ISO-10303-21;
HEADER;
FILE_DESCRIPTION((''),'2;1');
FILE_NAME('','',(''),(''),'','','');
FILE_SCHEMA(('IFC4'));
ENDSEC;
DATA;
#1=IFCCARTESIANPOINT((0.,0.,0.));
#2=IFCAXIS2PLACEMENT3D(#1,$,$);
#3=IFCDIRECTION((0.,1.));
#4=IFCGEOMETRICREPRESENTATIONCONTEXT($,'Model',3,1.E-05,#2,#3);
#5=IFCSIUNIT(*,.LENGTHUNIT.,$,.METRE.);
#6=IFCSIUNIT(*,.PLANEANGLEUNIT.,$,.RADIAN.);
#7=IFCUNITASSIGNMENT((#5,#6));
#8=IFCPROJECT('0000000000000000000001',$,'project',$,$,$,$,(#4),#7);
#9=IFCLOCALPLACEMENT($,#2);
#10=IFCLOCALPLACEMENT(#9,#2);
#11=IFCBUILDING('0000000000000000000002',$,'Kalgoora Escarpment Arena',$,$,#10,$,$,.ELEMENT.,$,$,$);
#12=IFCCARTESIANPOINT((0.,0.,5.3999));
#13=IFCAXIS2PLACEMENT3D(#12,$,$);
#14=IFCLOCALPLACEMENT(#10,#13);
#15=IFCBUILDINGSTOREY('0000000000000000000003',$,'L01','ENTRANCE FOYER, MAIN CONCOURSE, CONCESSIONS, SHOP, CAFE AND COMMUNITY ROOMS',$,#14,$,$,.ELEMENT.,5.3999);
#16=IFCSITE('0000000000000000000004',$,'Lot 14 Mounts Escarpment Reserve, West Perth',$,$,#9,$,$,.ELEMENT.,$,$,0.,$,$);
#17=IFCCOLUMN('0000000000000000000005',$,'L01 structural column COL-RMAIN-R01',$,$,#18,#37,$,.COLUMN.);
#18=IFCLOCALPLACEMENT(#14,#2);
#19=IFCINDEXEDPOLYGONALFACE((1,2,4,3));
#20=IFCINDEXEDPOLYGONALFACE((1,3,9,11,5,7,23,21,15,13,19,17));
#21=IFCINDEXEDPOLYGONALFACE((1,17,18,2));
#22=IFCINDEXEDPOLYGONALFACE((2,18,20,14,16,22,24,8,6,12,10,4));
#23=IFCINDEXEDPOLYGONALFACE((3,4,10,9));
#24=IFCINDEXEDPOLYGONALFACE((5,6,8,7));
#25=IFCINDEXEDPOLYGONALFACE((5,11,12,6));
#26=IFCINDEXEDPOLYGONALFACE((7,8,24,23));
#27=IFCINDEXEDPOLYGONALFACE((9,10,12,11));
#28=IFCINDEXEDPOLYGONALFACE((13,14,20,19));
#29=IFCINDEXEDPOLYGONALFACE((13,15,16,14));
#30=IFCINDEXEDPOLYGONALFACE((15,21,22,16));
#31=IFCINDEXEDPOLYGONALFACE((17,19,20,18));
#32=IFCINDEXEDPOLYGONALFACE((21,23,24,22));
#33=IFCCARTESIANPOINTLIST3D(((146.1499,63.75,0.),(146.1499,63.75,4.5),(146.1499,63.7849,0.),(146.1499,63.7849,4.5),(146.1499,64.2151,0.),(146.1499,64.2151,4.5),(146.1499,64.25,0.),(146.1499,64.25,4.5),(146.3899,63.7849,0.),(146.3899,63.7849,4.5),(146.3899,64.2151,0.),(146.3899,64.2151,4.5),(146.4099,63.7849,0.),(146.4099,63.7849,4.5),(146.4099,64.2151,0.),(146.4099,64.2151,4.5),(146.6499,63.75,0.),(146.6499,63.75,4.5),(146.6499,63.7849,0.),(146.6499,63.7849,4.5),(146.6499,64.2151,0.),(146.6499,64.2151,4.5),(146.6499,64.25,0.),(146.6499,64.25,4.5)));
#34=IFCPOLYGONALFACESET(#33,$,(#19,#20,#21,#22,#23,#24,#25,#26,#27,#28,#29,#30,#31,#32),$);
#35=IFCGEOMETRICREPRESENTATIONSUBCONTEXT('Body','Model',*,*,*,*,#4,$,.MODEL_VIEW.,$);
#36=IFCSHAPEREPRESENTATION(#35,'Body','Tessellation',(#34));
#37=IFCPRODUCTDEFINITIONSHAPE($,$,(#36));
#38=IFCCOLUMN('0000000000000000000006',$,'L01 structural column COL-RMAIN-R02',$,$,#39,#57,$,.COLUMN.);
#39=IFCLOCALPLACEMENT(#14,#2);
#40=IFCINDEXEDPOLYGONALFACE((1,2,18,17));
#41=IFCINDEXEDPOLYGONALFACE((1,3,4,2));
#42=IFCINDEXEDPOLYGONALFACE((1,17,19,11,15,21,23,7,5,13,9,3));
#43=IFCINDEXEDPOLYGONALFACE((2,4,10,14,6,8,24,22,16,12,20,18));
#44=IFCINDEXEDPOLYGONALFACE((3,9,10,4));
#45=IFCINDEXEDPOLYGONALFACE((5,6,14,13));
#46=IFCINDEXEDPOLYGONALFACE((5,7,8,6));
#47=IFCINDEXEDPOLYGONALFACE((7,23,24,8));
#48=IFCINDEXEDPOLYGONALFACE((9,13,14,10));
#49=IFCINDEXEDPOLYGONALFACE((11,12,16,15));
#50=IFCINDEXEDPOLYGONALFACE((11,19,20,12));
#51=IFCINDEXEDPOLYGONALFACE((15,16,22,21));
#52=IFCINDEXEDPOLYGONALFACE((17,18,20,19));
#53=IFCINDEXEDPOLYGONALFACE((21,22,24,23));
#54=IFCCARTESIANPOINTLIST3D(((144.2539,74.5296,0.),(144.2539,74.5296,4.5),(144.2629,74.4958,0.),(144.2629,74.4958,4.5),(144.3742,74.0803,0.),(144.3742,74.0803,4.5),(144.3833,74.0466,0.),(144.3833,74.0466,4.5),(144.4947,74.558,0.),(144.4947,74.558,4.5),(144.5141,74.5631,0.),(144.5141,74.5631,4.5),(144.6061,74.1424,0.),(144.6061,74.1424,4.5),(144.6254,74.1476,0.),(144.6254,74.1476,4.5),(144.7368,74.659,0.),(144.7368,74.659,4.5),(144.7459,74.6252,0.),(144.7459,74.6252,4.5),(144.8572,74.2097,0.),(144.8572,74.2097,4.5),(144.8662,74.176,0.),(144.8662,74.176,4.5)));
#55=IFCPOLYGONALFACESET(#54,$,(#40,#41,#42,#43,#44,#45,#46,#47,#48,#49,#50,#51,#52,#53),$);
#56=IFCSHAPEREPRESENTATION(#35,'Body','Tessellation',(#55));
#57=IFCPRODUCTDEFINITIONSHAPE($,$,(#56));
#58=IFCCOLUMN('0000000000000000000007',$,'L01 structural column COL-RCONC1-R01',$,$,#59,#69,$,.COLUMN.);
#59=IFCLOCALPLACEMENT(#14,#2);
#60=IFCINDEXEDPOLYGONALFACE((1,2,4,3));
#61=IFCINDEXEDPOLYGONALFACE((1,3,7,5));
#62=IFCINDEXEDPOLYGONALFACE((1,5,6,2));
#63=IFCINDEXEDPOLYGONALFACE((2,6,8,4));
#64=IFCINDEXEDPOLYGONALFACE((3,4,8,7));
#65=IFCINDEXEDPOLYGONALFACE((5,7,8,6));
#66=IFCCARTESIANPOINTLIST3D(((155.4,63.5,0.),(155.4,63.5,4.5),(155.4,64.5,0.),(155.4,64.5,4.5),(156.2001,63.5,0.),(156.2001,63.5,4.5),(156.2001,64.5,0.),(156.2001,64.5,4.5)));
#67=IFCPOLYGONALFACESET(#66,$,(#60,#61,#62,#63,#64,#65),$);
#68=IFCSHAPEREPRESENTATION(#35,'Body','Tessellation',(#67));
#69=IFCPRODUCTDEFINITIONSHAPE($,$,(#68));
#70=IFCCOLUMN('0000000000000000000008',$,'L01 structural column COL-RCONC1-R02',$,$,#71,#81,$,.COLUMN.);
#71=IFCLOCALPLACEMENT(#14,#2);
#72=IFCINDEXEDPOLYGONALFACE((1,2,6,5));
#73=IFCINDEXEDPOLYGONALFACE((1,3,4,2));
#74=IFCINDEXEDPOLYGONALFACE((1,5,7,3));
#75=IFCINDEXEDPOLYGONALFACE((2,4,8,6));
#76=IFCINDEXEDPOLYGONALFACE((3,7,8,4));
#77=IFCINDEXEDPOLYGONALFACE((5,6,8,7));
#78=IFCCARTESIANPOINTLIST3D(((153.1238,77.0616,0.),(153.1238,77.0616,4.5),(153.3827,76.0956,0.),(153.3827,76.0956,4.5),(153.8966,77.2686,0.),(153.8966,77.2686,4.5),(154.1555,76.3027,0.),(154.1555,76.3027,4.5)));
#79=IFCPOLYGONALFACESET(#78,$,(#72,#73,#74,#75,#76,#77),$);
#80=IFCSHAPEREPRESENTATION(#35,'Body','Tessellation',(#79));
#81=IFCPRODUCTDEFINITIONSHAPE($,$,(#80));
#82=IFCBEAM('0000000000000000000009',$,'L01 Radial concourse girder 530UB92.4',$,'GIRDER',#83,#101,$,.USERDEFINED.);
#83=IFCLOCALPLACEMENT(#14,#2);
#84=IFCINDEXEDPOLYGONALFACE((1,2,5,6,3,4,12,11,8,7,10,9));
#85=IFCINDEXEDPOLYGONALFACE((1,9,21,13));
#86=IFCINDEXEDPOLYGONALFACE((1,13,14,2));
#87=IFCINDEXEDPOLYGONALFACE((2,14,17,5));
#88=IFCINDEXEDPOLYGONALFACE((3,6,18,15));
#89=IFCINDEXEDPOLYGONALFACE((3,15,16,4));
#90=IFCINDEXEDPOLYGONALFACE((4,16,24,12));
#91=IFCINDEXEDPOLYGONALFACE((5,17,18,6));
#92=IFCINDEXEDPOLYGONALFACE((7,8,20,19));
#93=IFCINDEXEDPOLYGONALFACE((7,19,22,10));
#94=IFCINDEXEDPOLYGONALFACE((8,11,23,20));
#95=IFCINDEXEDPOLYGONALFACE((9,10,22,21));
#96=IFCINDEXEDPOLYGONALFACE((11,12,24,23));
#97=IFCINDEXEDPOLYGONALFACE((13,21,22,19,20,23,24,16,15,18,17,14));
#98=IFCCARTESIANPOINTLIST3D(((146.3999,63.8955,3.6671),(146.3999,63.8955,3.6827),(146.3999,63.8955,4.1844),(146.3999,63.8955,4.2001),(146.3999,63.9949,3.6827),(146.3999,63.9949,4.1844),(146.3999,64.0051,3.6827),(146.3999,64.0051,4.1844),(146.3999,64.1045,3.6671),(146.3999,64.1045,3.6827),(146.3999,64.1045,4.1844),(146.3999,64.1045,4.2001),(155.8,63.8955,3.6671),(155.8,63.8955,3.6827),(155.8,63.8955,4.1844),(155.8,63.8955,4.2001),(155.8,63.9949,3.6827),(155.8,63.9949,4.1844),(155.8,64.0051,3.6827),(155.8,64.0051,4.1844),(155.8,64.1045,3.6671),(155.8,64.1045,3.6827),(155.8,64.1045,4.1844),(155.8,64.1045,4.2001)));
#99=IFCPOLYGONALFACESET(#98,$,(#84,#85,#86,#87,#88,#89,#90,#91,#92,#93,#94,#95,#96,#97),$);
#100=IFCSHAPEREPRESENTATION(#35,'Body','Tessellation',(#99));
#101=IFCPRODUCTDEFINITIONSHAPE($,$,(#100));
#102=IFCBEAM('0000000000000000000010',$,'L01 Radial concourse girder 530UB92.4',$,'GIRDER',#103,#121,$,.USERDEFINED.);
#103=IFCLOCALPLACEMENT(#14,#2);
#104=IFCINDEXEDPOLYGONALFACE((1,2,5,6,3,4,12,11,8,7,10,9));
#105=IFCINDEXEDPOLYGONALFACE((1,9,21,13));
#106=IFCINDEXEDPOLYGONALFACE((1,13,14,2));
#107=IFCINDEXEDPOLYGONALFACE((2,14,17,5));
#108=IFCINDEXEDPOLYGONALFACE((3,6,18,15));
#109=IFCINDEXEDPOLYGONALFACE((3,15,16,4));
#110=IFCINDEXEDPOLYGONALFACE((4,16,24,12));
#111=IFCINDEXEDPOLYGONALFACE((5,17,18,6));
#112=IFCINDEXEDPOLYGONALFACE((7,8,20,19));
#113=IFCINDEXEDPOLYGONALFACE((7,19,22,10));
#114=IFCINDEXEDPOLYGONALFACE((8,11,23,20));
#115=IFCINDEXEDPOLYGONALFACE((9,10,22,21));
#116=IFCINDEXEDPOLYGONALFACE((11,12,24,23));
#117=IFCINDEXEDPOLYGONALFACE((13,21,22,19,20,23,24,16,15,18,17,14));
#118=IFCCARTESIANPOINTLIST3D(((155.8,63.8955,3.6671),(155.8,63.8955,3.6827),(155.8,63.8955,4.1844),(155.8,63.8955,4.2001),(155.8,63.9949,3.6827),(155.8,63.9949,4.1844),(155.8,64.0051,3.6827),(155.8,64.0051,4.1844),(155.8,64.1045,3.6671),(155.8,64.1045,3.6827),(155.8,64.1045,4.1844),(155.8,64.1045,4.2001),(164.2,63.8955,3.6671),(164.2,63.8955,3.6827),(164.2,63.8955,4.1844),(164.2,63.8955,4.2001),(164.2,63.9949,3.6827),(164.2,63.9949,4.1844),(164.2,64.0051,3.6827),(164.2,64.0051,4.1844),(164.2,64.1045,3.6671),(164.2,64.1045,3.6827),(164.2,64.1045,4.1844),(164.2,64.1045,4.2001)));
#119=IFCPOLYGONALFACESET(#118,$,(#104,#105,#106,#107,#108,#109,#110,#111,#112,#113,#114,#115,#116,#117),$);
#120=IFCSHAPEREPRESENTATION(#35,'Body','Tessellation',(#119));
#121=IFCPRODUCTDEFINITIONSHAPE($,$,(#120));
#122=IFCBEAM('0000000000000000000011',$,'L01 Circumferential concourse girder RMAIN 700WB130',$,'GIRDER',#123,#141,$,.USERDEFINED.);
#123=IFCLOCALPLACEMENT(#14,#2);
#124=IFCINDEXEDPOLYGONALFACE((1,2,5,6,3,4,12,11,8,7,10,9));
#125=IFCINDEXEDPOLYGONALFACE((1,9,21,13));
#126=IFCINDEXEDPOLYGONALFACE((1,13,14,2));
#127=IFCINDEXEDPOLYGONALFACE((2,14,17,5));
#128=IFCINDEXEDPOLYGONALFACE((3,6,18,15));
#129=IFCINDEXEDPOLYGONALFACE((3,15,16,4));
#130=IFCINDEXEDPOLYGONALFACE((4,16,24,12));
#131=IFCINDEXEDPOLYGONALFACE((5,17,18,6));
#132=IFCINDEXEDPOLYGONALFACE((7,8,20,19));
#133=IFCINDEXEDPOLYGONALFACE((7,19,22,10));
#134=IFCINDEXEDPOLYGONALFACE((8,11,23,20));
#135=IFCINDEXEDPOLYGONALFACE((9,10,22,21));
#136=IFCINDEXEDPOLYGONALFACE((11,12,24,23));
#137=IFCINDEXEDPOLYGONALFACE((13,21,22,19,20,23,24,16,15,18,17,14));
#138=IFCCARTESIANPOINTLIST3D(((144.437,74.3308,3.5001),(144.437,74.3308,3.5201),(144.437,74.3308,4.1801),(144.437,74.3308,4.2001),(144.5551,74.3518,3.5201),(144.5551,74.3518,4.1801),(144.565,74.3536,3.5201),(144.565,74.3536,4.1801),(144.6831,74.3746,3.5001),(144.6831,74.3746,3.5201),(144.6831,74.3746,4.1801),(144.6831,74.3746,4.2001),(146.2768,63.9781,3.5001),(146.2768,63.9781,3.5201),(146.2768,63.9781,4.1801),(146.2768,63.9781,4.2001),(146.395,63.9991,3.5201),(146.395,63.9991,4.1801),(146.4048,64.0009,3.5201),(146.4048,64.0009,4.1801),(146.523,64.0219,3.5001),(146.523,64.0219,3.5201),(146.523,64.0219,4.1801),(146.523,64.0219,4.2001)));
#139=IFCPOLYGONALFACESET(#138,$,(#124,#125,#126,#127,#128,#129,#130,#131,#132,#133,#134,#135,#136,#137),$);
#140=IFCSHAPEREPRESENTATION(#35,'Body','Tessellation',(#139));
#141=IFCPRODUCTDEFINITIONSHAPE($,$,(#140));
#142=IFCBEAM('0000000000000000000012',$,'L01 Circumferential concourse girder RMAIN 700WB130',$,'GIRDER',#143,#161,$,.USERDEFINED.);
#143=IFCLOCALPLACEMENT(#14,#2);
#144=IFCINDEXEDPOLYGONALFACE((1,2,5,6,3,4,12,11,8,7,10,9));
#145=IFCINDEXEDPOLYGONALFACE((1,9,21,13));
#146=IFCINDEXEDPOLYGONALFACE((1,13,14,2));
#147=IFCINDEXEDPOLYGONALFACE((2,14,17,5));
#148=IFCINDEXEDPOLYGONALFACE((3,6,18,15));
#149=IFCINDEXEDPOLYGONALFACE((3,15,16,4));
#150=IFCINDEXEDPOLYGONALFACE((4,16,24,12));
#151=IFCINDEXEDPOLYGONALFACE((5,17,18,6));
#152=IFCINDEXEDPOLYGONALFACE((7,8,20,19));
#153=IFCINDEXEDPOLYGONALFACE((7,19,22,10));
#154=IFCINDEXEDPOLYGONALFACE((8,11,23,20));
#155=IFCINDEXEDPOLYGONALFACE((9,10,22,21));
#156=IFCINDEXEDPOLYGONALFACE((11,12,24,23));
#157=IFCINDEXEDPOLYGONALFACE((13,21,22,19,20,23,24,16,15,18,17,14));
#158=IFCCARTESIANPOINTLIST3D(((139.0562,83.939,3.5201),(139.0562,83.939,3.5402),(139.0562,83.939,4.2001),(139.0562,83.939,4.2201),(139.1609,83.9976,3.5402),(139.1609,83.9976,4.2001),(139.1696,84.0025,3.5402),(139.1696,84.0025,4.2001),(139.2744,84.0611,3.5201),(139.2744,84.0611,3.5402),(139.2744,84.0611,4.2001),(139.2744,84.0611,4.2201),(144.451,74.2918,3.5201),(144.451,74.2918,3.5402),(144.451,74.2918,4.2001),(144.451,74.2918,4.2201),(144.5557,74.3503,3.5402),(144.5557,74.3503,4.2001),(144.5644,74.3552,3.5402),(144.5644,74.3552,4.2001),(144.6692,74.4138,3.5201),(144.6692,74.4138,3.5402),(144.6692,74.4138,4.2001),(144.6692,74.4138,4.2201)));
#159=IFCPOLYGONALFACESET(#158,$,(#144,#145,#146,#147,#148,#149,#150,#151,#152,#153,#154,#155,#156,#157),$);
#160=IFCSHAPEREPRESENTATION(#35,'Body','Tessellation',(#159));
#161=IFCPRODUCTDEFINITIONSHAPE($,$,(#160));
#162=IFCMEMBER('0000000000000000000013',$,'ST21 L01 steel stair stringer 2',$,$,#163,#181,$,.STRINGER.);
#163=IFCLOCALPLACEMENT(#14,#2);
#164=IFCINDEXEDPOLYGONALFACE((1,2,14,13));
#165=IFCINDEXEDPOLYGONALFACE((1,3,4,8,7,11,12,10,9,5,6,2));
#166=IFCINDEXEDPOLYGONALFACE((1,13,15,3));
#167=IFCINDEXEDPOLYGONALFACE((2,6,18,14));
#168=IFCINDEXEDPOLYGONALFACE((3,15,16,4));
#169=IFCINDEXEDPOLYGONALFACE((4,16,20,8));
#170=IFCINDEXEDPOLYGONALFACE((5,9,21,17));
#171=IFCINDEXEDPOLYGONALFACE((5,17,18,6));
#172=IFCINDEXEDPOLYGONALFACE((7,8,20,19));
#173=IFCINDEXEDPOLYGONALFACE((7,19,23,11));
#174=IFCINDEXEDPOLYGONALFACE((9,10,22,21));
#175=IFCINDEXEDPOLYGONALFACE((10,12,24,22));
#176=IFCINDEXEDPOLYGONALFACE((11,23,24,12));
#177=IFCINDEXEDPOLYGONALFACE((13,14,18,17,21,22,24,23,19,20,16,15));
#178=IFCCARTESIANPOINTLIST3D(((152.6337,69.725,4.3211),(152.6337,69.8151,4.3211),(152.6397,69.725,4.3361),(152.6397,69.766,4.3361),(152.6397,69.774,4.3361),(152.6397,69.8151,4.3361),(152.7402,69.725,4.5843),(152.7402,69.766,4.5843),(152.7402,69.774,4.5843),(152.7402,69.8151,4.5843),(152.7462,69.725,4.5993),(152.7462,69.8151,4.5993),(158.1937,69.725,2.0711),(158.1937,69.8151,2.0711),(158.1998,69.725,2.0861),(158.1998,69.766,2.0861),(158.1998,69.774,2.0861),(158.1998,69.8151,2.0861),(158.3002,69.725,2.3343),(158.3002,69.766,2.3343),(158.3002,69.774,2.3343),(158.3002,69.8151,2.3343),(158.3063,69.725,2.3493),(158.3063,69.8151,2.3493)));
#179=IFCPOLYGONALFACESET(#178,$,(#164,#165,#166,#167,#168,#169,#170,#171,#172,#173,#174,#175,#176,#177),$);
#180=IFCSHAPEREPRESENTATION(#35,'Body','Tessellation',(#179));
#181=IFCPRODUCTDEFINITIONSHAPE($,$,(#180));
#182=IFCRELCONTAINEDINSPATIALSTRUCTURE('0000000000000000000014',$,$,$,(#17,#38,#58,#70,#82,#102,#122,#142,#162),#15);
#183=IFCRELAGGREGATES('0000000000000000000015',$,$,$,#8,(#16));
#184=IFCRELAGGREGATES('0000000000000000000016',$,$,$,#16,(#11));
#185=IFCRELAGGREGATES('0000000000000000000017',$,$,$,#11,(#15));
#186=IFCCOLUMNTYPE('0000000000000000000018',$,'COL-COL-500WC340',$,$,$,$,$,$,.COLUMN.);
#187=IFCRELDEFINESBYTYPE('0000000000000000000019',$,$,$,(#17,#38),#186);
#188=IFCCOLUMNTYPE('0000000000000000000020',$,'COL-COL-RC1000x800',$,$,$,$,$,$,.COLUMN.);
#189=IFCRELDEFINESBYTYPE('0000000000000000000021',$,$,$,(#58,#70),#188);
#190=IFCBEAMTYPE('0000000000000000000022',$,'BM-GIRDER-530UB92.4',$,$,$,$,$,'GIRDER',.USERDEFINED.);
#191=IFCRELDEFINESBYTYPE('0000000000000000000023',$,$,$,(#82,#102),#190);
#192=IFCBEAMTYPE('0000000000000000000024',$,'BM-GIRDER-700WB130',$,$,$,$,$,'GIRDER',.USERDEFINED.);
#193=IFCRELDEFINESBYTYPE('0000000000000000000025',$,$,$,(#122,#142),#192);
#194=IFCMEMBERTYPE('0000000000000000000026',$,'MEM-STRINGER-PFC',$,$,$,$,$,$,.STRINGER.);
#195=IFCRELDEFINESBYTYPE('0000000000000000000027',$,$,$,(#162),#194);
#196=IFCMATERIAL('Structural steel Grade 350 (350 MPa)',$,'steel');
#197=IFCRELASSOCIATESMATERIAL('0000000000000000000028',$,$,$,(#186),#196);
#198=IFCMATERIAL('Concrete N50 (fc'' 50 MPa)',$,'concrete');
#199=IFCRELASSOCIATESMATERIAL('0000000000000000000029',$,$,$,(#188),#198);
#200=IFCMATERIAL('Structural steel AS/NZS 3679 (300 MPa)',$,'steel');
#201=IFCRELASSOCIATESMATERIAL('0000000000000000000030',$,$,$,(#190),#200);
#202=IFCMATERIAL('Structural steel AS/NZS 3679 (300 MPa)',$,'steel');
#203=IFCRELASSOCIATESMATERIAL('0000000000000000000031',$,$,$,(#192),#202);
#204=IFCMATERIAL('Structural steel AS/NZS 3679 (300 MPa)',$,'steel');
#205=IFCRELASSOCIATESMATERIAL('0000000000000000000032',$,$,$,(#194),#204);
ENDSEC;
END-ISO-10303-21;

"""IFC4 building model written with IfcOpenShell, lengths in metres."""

from ifc_helpers import new_model, si_unit, direction, frame, origin, origin_2d, place, context, subcontext, project, spatial, rectangle, i_section, extrude, material, material_profile, profile_set, type_object, element, save


model = new_model("IFC4")

# Units and contexts
model_context = context("Model", 3, precision=1e-05, world=origin(), true_north=direction((0.0, 1.0)))
body_context = subcontext(model_context, "Body", "Model", "MODEL_VIEW")
ifc_project = project(units=[si_unit("LENGTHUNIT", "METRE"), si_unit("PLANEANGLEUNIT", "RADIAN")], contexts=[model_context])

# Site, building, storey
site_placement = place(None, origin())
site = spatial("IfcSite", under=ifc_project, at=site_placement, Name="Lot 14 Mounts Escarpment Reserve, West Perth", CompositionType="ELEMENT", RefElevation=0.0)
building_placement = place(site_placement, origin())
building = spatial("IfcBuilding", under=site, at=building_placement, Name="Kalgoora Escarpment Arena", CompositionType="ELEMENT")
storey_placement = place(building_placement, frame((0.0, 0.0, 5.3999)))
storey = spatial("IfcBuildingStorey", under=building, at=storey_placement, Name="L01", Description="ENTRANCE FOYER, MAIN CONCOURSE, CONCESSIONS, SHOP, CAFE AND COMMUNITY ROOMS", CompositionType="ELEMENT", Elevation=5.3999)

# Columns
ifc_material_1 = material(Name="Structural steel Grade 350 (350 MPa)", Category="steel")
ifc_material_profile_1 = material_profile(ifc_material_1, i_section(OverallWidth=0.5, OverallDepth=0.5, WebThickness=0.02, FlangeThickness=0.0349, at=origin_2d()))
ifc_profile_set_1 = profile_set([ifc_material_profile_1], Name="Structural steel Grade 350 (350 MPa)")
column_type_1 = type_object("IfcColumnType", Name="COL-COL-500WC340", PredefinedType="COLUMN", material=ifc_profile_set_1)
for number, where, z_axis, x_axis, name in (
    (1, (146.3999, 64.0, 0.0), (0.0, 0.0, 1.0), (1.0, 0.0, 0.0), "L01 structural column COL-RMAIN-R01"),
    (2, (144.5601, 74.3528, 0.0), (0.0, 0.0, 1.0), (0.965926, 0.258819, 0.0), "L01 structural column COL-RMAIN-R02"),
):
    element("IfcColumn", number, at=place(storey_placement, frame(where, z_axis=z_axis, x_axis=x_axis)), inside=storey, type_object=column_type_1, Name=name, PredefinedType="COLUMN", context=body_context, shape_type="SweptSolid", body=[
        extrude(i_section(OverallWidth=0.5, OverallDepth=0.5, WebThickness=0.02, FlangeThickness=0.0349, at=origin_2d()), origin(), (0.0, 0.0, 1.0), 4.5),
    ])
ifc_material_2 = material(Name="Concrete N50 (fc' 50 MPa)", Category="concrete")
ifc_material_profile_2 = material_profile(ifc_material_2, rectangle(XDim=0.8, YDim=1.0, at=origin_2d()))
ifc_profile_set_2 = profile_set([ifc_material_profile_2], Name="Concrete N50 (fc' 50 MPa)")
column_type_2 = type_object("IfcColumnType", Name="COL-COL-RC1000x800", PredefinedType="COLUMN", material=ifc_profile_set_2)
for number, where, z_axis, x_axis, name in (
    (3, (155.8, 64.0, 0.0), (0.0, 0.0, 1.0), (1.0, 0.0, 0.0), "L01 structural column COL-RCONC1-R01"),
    (4, (153.6396, 76.6821, 0.0), (0.0, 0.0, 1.0), (0.965926, 0.258819, 0.0), "L01 structural column COL-RCONC1-R02"),
):
    element("IfcColumn", number, at=place(storey_placement, frame(where, z_axis=z_axis, x_axis=x_axis)), inside=storey, type_object=column_type_2, Name=name, PredefinedType="COLUMN", context=body_context, shape_type="SweptSolid", body=[
        extrude(rectangle(XDim=0.8, YDim=1.0, at=origin_2d()), origin(), (0.0, 0.0, 1.0), 4.5),
    ])

# Beams
ifc_material_3 = material(Name="Structural steel AS/NZS 3679 (300 MPa)", Category="steel")
ifc_material_profile_3 = material_profile(ifc_material_3, i_section(OverallWidth=0.209, OverallDepth=0.533, WebThickness=0.0103, FlangeThickness=0.0156, at=origin_2d()))
ifc_profile_set_3 = profile_set([ifc_material_profile_3], Name="Structural steel AS/NZS 3679 (300 MPa)")
beam_type_1 = type_object("IfcBeamType", Name="BM-GIRDER-530UB92.4", ElementType="GIRDER", PredefinedType="USERDEFINED", material=ifc_profile_set_3)
beam_1_placement = place(storey_placement, frame((146.3999, 64.0, 3.9336), z_axis=(1.0, 0.0, 0.0), x_axis=(0.0, 1.0, 0.0)))
element("IfcBeam", 5, at=beam_1_placement, inside=storey, type_object=beam_type_1, Name="L01 Radial concourse girder 530UB92.4", ObjectType="GIRDER", PredefinedType="USERDEFINED", context=body_context, shape_type="SweptSolid", body=[
    extrude(i_section(OverallWidth=0.209, OverallDepth=0.533, WebThickness=0.0103, FlangeThickness=0.0156, at=origin_2d()), origin(), (0.0, 0.0, 1.0), 9.4001),
])
beam_2_placement = place(storey_placement, frame((155.8, 64.0, 3.9336), z_axis=(1.0, 0.0, 0.0), x_axis=(0.0, 1.0, 0.0)))
element("IfcBeam", 6, at=beam_2_placement, inside=storey, type_object=beam_type_1, Name="L01 Radial concourse girder 530UB92.4", ObjectType="GIRDER", PredefinedType="USERDEFINED", context=body_context, shape_type="SweptSolid", body=[
    extrude(i_section(OverallWidth=0.209, OverallDepth=0.533, WebThickness=0.0103, FlangeThickness=0.0156, at=origin_2d()), origin(), (0.0, 0.0, 1.0), 8.3999),
])
ifc_material_4 = material(Name="Structural steel AS/NZS 3679 (300 MPa)", Category="steel")
ifc_material_profile_4 = material_profile(ifc_material_4, i_section(OverallWidth=0.25, OverallDepth=0.7, WebThickness=0.01, FlangeThickness=0.02, at=origin_2d()))
ifc_profile_set_4 = profile_set([ifc_material_profile_4], Name="Structural steel AS/NZS 3679 (300 MPa)")
beam_type_2 = type_object("IfcBeamType", Name="BM-GIRDER-700WB130", ElementType="GIRDER", PredefinedType="USERDEFINED", material=ifc_profile_set_4)
beam_3_placement = place(storey_placement, frame((146.3999, 64.0, 3.8501), z_axis=(-0.174973, 0.984573, 0.0), x_axis=(-0.984573, -0.174973, 0.0)))
element("IfcBeam", 7, at=beam_3_placement, inside=storey, type_object=beam_type_2, Name="L01 Circumferential concourse girder RMAIN 700WB130", ObjectType="GIRDER", PredefinedType="USERDEFINED", context=body_context, shape_type="SweptSolid", body=[
    extrude(i_section(OverallWidth=0.25, OverallDepth=0.7, WebThickness=0.01, FlangeThickness=0.02, at=origin_2d()), origin(), (0.0, 0.0, 1.0), 10.5149),
])
beam_4_placement = place(storey_placement, frame((144.5601, 74.3528, 3.8701), z_axis=(-0.488075, 0.872802, 0.0), x_axis=(-0.872802, -0.488075, 0.0)))
element("IfcBeam", 8, at=beam_4_placement, inside=storey, type_object=beam_type_2, Name="L01 Circumferential concourse girder RMAIN 700WB130", ObjectType="GIRDER", PredefinedType="USERDEFINED", context=body_context, shape_type="SweptSolid", body=[
    extrude(i_section(OverallWidth=0.25, OverallDepth=0.7, WebThickness=0.01, FlangeThickness=0.02, at=origin_2d()), origin(), (0.0, 0.0, 1.0), 11.0532),
])

# Member
ifc_material_5 = material(Name="Structural steel AS/NZS 3679 (300 MPa)", Category="steel")
ifc_material_profile_5 = material_profile(ifc_material_5, i_section(OverallWidth=0.0901, OverallDepth=0.3, WebThickness=0.0081, FlangeThickness=0.0161, at=origin_2d()))
ifc_profile_set_5 = profile_set([ifc_material_profile_5], Name="Structural steel AS/NZS 3679 (300 MPa)")
member_type = type_object("IfcMemberType", Name="MEM-STRINGER-PFC", PredefinedType="STRINGER", material=ifc_profile_set_5)
member_placement = place(storey_placement, frame((158.25, 69.77, 2.2102), z_axis=(-0.926976, 0.0, 0.375121), x_axis=(0.0, -1.0, 0.0)))
element("IfcMember", 9, at=member_placement, inside=storey, type_object=member_type, Name="ST21 L01 steel stair stringer 2", PredefinedType="STRINGER", context=body_context, shape_type="SweptSolid", body=[
    extrude(i_section(OverallWidth=0.0901, OverallDepth=0.3, WebThickness=0.0081, FlangeThickness=0.0161, at=origin_2d()), origin(), (0.0, 0.0, 1.0), 5.998),
])

save(model, "model.ifc")
